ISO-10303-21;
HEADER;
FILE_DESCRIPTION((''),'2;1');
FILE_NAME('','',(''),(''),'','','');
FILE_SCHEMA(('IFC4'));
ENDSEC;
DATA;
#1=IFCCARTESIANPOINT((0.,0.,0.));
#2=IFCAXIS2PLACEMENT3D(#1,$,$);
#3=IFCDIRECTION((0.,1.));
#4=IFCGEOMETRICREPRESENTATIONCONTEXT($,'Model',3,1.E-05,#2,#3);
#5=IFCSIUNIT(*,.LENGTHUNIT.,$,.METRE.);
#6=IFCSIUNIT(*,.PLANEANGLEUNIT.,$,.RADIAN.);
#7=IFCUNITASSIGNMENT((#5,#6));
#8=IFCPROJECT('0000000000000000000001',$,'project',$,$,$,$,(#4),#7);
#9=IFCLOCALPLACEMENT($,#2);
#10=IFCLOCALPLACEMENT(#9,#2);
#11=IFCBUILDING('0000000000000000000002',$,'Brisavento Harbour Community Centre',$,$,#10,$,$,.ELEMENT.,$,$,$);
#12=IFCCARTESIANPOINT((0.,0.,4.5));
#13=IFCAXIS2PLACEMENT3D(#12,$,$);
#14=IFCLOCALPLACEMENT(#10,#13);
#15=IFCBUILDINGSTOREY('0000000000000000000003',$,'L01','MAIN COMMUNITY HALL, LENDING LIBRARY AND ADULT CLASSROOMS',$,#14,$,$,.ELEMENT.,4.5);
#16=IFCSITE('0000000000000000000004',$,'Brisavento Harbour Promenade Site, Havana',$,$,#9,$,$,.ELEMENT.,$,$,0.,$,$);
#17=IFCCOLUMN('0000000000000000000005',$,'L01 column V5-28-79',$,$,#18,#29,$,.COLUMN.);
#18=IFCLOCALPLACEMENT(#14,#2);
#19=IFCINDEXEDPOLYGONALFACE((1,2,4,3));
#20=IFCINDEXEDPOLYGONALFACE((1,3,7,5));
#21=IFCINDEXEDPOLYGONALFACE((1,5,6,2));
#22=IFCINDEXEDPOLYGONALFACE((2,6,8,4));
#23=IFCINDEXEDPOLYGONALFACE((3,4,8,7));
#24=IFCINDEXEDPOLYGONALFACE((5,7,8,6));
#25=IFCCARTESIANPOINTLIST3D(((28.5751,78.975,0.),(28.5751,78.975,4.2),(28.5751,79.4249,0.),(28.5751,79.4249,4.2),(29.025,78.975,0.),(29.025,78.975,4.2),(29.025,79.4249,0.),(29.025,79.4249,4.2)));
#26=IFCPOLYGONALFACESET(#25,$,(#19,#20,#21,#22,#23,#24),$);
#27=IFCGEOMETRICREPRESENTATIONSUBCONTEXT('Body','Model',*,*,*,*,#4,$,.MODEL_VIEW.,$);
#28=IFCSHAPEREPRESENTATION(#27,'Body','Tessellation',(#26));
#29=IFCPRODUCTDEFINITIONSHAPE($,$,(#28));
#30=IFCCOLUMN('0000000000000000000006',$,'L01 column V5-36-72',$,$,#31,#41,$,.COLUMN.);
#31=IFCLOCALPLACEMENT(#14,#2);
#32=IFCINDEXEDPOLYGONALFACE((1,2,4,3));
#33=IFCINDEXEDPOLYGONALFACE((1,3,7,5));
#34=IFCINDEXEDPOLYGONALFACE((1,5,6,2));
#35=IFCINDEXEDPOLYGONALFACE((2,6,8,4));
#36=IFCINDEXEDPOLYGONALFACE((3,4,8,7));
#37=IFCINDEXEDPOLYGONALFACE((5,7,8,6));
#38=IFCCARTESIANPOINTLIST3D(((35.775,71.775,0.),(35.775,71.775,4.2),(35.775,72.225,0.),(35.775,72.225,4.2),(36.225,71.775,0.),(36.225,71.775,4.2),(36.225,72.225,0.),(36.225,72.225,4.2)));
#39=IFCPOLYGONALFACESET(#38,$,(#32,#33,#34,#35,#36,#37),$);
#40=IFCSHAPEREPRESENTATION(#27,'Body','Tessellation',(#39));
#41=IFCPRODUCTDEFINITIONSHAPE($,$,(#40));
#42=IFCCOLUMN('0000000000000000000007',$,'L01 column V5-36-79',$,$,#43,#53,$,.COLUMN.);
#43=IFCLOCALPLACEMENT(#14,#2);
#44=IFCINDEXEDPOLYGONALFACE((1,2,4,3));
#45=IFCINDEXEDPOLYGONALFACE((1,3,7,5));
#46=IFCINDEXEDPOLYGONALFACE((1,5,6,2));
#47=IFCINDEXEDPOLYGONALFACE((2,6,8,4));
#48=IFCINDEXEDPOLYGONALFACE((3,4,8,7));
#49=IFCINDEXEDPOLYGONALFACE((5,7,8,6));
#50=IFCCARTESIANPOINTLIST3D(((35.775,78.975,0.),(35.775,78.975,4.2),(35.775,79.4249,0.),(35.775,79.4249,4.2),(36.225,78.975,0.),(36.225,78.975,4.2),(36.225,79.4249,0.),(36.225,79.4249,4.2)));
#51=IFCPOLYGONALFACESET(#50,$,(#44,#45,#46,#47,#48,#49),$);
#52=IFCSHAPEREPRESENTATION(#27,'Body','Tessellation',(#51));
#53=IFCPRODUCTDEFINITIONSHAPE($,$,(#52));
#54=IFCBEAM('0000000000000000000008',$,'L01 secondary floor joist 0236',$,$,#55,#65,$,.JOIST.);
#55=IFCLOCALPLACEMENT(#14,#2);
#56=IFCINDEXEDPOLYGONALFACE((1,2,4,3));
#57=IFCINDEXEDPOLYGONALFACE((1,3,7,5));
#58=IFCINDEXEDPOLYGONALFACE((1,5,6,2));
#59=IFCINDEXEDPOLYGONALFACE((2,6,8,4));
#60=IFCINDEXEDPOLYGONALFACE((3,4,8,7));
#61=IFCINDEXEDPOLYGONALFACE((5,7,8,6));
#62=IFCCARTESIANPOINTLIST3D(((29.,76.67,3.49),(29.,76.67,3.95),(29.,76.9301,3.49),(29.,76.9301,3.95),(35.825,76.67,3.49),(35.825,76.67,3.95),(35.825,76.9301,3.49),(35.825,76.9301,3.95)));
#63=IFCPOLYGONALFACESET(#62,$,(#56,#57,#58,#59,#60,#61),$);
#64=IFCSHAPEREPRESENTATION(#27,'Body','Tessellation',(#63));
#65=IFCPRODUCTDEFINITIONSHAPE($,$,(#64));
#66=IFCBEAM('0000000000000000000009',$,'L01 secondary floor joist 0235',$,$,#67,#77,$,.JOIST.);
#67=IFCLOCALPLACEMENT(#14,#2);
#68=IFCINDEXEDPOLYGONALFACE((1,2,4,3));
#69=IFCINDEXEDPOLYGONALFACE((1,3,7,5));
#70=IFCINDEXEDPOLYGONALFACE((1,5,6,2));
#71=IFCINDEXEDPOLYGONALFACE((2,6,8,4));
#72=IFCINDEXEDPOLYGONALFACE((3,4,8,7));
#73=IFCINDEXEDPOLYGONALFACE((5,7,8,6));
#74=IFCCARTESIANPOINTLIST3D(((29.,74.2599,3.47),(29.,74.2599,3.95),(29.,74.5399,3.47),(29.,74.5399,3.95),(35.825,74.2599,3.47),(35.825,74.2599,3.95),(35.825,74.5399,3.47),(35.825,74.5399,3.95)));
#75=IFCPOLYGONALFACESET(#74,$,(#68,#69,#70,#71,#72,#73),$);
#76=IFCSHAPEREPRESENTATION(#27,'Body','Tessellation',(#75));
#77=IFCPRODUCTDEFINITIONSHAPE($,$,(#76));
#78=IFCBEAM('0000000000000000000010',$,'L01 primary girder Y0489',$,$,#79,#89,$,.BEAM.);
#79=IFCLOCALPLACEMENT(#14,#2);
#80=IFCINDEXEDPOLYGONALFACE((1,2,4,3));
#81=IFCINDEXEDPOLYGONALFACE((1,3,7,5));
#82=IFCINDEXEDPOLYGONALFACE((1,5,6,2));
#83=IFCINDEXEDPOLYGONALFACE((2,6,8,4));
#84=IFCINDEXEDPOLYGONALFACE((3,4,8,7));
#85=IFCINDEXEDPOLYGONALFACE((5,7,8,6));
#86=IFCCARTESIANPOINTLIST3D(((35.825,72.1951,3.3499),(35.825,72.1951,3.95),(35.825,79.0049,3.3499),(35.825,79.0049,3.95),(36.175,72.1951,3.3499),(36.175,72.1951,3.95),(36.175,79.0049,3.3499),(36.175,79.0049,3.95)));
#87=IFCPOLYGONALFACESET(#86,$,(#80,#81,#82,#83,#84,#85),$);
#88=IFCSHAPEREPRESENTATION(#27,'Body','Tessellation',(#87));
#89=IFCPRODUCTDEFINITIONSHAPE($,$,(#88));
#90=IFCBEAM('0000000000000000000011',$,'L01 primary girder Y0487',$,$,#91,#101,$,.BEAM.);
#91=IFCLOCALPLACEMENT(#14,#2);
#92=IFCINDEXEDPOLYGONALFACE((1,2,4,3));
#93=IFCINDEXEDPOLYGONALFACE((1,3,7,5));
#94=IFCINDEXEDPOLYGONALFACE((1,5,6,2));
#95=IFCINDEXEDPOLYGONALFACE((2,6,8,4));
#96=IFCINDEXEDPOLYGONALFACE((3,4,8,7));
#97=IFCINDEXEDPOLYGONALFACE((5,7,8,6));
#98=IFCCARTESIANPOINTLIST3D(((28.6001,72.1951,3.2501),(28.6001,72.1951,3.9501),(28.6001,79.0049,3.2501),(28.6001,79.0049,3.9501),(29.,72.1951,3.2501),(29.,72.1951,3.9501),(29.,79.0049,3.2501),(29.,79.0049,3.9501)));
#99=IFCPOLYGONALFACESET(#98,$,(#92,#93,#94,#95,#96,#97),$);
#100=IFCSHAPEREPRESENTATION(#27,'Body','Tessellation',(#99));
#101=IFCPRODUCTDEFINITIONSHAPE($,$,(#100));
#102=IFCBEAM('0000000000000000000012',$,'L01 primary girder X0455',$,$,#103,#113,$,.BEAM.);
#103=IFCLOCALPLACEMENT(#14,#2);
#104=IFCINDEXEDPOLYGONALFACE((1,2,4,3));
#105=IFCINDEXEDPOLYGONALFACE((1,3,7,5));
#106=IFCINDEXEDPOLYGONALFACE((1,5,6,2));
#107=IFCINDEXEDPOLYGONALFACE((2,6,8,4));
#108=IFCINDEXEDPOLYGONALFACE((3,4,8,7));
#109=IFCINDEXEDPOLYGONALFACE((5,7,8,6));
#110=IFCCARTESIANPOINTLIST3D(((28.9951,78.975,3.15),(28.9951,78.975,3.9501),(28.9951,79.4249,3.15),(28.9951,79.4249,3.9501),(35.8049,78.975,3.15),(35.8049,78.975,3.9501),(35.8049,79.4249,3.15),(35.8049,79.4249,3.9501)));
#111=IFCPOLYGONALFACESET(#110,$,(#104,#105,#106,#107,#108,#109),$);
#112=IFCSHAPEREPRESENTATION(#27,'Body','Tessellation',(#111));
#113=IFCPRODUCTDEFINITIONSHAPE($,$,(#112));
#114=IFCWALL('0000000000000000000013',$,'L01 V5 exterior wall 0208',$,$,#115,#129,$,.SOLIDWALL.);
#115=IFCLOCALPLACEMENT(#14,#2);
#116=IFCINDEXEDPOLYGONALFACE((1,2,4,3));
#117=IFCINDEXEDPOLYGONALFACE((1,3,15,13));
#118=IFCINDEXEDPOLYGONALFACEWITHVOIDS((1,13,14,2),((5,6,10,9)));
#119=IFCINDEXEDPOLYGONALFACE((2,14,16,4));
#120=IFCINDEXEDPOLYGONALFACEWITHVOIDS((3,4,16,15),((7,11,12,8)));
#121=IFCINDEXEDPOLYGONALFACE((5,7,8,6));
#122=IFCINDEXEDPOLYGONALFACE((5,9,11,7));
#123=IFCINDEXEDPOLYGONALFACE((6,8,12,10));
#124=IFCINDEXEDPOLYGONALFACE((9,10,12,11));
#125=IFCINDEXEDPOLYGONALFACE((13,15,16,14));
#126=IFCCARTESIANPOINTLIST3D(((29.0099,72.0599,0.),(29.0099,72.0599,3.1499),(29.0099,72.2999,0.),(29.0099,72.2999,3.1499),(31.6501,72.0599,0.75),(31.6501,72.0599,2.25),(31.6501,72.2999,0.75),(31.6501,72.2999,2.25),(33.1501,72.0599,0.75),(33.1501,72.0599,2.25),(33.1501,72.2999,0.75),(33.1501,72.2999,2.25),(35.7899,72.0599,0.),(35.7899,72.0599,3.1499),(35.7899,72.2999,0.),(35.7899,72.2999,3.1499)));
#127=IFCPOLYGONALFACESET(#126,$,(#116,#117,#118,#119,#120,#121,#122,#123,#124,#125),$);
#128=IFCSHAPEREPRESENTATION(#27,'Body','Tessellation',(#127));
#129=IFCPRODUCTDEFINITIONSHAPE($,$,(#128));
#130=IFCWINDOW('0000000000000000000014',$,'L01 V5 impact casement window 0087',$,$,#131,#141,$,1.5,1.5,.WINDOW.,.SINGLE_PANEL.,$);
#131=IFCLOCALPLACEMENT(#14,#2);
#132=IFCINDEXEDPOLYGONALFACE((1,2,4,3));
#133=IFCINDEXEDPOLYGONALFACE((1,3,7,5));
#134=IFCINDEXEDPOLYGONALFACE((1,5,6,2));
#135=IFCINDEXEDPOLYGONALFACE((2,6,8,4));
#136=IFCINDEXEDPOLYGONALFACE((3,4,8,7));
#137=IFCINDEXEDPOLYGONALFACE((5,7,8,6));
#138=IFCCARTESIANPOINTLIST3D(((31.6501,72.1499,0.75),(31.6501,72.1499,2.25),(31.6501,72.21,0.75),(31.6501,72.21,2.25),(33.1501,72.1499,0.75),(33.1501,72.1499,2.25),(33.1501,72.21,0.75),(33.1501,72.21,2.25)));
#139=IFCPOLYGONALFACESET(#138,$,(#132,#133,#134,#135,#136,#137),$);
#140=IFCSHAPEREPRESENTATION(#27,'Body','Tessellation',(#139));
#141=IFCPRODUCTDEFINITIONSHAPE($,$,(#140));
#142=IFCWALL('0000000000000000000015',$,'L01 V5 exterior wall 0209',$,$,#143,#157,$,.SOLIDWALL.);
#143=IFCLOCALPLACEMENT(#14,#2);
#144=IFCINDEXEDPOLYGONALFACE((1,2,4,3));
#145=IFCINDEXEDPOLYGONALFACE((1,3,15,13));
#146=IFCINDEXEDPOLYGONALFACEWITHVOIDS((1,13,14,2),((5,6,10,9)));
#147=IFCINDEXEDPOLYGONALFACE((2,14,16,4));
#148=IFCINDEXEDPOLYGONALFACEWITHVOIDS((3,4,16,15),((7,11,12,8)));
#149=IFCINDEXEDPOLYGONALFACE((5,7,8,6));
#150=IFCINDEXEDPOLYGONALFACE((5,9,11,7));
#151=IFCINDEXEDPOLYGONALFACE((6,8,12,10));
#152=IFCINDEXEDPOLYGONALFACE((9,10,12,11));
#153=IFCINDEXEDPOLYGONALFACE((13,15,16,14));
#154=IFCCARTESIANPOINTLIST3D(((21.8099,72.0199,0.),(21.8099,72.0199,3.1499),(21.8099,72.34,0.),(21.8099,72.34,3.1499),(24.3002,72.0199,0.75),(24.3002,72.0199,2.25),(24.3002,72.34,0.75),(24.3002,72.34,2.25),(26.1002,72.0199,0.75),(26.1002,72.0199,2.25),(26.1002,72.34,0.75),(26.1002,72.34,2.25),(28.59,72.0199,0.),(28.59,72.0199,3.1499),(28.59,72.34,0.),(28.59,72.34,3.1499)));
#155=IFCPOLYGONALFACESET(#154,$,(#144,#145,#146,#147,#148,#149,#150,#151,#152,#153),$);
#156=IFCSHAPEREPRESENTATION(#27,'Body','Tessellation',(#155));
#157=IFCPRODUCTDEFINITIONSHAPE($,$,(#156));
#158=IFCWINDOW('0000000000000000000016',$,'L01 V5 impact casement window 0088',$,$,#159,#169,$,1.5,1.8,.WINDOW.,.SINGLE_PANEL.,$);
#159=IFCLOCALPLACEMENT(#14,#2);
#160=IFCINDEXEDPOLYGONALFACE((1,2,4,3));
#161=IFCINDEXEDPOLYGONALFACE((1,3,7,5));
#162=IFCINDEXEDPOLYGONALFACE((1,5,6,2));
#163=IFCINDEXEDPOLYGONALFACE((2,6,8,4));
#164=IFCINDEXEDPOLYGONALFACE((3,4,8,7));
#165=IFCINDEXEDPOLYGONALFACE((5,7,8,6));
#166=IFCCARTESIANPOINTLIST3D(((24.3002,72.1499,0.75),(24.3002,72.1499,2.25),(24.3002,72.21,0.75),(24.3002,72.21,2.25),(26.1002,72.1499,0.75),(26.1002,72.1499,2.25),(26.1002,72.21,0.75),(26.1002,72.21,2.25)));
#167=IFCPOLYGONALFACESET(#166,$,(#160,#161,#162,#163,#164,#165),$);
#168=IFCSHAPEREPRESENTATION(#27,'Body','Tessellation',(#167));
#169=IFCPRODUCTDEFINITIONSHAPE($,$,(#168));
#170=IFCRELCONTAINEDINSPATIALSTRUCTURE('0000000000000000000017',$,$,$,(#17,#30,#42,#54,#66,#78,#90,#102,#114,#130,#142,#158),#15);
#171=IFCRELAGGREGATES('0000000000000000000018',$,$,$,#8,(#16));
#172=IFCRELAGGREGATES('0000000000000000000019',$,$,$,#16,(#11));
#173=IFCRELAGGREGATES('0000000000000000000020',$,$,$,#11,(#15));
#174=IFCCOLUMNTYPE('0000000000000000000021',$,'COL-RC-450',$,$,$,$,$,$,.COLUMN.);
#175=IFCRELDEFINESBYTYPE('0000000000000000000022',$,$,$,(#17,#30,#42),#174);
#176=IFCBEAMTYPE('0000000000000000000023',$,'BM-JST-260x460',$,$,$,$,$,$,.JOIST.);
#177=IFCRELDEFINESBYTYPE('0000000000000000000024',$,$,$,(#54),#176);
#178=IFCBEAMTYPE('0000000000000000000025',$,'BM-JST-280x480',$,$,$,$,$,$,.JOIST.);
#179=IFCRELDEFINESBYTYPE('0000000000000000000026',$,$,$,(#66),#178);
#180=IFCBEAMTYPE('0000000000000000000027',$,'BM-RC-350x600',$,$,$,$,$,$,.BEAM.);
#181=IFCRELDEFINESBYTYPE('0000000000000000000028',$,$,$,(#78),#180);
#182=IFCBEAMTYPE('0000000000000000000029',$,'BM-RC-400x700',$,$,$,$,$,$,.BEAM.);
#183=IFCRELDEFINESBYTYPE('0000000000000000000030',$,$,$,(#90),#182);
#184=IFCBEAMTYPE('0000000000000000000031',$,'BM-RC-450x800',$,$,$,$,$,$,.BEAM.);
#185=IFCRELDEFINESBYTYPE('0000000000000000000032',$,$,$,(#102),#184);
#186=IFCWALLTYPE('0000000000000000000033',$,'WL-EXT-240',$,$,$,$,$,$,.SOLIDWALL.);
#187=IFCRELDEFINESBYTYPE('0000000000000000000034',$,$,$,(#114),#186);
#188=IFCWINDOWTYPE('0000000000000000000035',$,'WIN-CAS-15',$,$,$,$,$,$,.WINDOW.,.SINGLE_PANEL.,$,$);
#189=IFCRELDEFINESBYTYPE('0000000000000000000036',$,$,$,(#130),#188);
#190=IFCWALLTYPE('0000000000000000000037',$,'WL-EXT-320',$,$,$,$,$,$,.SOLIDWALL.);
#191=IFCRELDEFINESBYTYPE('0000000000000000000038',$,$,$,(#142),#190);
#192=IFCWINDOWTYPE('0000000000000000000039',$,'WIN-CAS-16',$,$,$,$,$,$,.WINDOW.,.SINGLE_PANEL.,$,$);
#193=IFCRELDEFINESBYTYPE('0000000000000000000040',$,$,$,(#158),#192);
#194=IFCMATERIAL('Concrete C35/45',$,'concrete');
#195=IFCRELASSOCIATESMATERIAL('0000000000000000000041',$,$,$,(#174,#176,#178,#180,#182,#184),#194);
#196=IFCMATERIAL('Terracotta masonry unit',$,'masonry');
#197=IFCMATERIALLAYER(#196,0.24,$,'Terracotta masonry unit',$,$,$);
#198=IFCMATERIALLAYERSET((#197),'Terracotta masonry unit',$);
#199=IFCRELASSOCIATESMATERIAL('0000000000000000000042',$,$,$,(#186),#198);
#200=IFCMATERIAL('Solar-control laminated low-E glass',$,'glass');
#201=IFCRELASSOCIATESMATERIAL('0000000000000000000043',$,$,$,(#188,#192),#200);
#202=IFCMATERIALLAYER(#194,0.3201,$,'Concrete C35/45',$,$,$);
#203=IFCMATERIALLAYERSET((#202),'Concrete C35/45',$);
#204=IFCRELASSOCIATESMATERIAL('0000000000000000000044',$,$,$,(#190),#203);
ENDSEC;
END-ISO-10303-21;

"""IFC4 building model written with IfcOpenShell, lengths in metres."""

from ifc_helpers import new_model, si_unit, direction, frame, frame_2d, origin, origin_2d, place, context, subcontext, project, spatial, rectangle, extrude, material, layer, layer_set, material_profile, profile_set, type_object, element, fill, save


model = new_model("IFC4")

# Units and contexts
model_context = context("Model", 3, precision=1e-05, world=origin(), true_north=direction((0.0, 1.0)))
body_context = subcontext(model_context, "Body", "Model", "MODEL_VIEW")
ifc_project = project(units=[si_unit("LENGTHUNIT", "METRE"), si_unit("PLANEANGLEUNIT", "RADIAN")], contexts=[model_context])

# Site, building, storey
site_placement = place(None, origin())
site = spatial("IfcSite", under=ifc_project, at=site_placement, Name="Brisavento Harbour Promenade Site, Havana", CompositionType="ELEMENT", RefElevation=0.0)
building_placement = place(site_placement, origin())
building = spatial("IfcBuilding", under=site, at=building_placement, Name="Brisavento Harbour Community Centre", CompositionType="ELEMENT")
storey_placement = place(building_placement, frame((0.0, 0.0, 4.5)))
storey = spatial("IfcBuildingStorey", under=building, at=storey_placement, Name="L01", Description="MAIN COMMUNITY HALL, LENDING LIBRARY AND ADULT CLASSROOMS", CompositionType="ELEMENT", Elevation=4.5)

# Columns
ifc_material_1 = material(Name="Concrete C35/45", Category="concrete")
ifc_material_profile_1 = material_profile(ifc_material_1, rectangle(XDim=0.45, YDim=0.45, at=origin_2d()), Name="Concrete C35/45")
ifc_profile_set_1 = profile_set([ifc_material_profile_1], Name="Concrete C35/45")
column_type = type_object("IfcColumnType", Name="COL-RC-450", PredefinedType="COLUMN", material=ifc_profile_set_1)
for number, where, z_axis, x_axis, name in (
    (1, (28.8, 79.2, 0.0), (0.0, 0.0, 1.0), (1.0, 0.0, 0.0), "L01 column V5-28-79"),
    (2, (36.0, 72.0, 0.0), (0.0, 0.0, 1.0), (1.0, 0.0, 0.0), "L01 column V5-36-72"),
    (3, (36.0, 79.2, 0.0), (0.0, 0.0, 1.0), (1.0, 0.0, 0.0), "L01 column V5-36-79"),
):
    element("IfcColumn", number, at=place(storey_placement, frame(where, z_axis=z_axis, x_axis=x_axis)), inside=storey, type_object=column_type, Name=name, PredefinedType="COLUMN", context=body_context, shape_type="SweptSolid", body=[
        extrude(rectangle(XDim=0.45, YDim=0.45, at=origin_2d()), origin(), (0.0, 0.0, 1.0), 4.2),
    ])

# Beams
ifc_material_profile_2 = material_profile(ifc_material_1, rectangle(XDim=0.26, YDim=0.46, at=origin_2d()), Name="Concrete C35/45")
ifc_profile_set_2 = profile_set([ifc_material_profile_2], Name="Concrete C35/45")
beam_type_1 = type_object("IfcBeamType", Name="BM-JST-260x460", PredefinedType="JOIST", material=ifc_profile_set_2)
beam_1_placement = place(storey_placement, frame((29.0, 76.8, 3.72), z_axis=(1.0, 0.0, 0.0), x_axis=(0.0, 1.0, 0.0)))
element("IfcBeam", 4, at=beam_1_placement, inside=storey, type_object=beam_type_1, Name="L01 secondary floor joist 0236", PredefinedType="JOIST", context=body_context, shape_type="SweptSolid", body=[
    extrude(rectangle(XDim=0.26, YDim=0.46, at=origin_2d()), origin(), (0.0, 0.0, 1.0), 6.825),
])
ifc_material_profile_3 = material_profile(ifc_material_1, rectangle(XDim=0.28, YDim=0.48, at=origin_2d()), Name="Concrete C35/45")
ifc_profile_set_3 = profile_set([ifc_material_profile_3], Name="Concrete C35/45")
beam_type_2 = type_object("IfcBeamType", Name="BM-JST-280x480", PredefinedType="JOIST", material=ifc_profile_set_3)
beam_2_placement = place(storey_placement, frame((29.0, 74.3999, 3.71), z_axis=(1.0, 0.0, 0.0), x_axis=(0.0, 1.0, 0.0)))
element("IfcBeam", 5, at=beam_2_placement, inside=storey, type_object=beam_type_2, Name="L01 secondary floor joist 0235", PredefinedType="JOIST", context=body_context, shape_type="SweptSolid", body=[
    extrude(rectangle(XDim=0.28, YDim=0.48, at=origin_2d()), origin(), (0.0, 0.0, 1.0), 6.825),
])
ifc_material_profile_4 = material_profile(ifc_material_1, rectangle(XDim=0.3501, YDim=0.6001, at=origin_2d()), Name="Concrete C35/45")
ifc_profile_set_4 = profile_set([ifc_material_profile_4], Name="Concrete C35/45")
beam_type_3 = type_object("IfcBeamType", Name="BM-RC-350x600", PredefinedType="BEAM", material=ifc_profile_set_4)
beam_3_placement = place(storey_placement, frame((36.0, 72.1951, 3.6499), z_axis=(0.0, 1.0, 0.0), x_axis=(-1.0, 0.0, 0.0)))
element("IfcBeam", 6, at=beam_3_placement, inside=storey, type_object=beam_type_3, Name="L01 primary girder Y0489", PredefinedType="BEAM", context=body_context, shape_type="SweptSolid", body=[
    extrude(rectangle(XDim=0.3501, YDim=0.6001, at=origin_2d()), origin(), (0.0, 0.0, 1.0), 6.8098),
])
ifc_material_profile_5 = material_profile(ifc_material_1, rectangle(XDim=0.3999, YDim=0.7, at=origin_2d()), Name="Concrete C35/45")
ifc_profile_set_5 = profile_set([ifc_material_profile_5], Name="Concrete C35/45")
beam_type_4 = type_object("IfcBeamType", Name="BM-RC-400x700", PredefinedType="BEAM", material=ifc_profile_set_5)
beam_4_placement = place(storey_placement, frame((28.8, 72.1951, 3.6001), z_axis=(0.0, 1.0, 0.0), x_axis=(-1.0, 0.0, 0.0)))
element("IfcBeam", 7, at=beam_4_placement, inside=storey, type_object=beam_type_4, Name="L01 primary girder Y0487", PredefinedType="BEAM", context=body_context, shape_type="SweptSolid", body=[
    extrude(rectangle(XDim=0.3999, YDim=0.7, at=origin_2d()), origin(), (0.0, 0.0, 1.0), 6.8098),
])
ifc_material_profile_6 = material_profile(ifc_material_1, rectangle(XDim=0.45, YDim=0.8, at=origin_2d()), Name="Concrete C35/45")
ifc_profile_set_6 = profile_set([ifc_material_profile_6], Name="Concrete C35/45")
beam_type_5 = type_object("IfcBeamType", Name="BM-RC-450x800", PredefinedType="BEAM", material=ifc_profile_set_6)
beam_5_placement = place(storey_placement, frame((28.9951, 79.2, 3.55), z_axis=(1.0, 0.0, 0.0), x_axis=(0.0, 1.0, 0.0)))
element("IfcBeam", 8, at=beam_5_placement, inside=storey, type_object=beam_type_5, Name="L01 primary girder X0455", PredefinedType="BEAM", context=body_context, shape_type="SweptSolid", body=[
    extrude(rectangle(XDim=0.45, YDim=0.8, at=origin_2d()), origin(), (0.0, 0.0, 1.0), 6.8098),
])

# Walls, openings, windows
ifc_material_2 = material(Name="Terracotta masonry unit", Category="masonry")
ifc_layer_1 = layer(ifc_material_2, 0.24, Name="Terracotta masonry unit")
ifc_layer_set_1 = layer_set([ifc_layer_1], Name="Terracotta masonry unit")
wall_type_1 = type_object("IfcWallType", Name="WL-EXT-240", PredefinedType="SOLIDWALL", material=ifc_layer_set_1)
wall_1_placement = place(storey_placement, frame((35.79, 72.1799, 0.0), z_axis=(0.0, 0.0, 1.0), x_axis=(-1.0, 0.0, 0.0)))
wall_1 = element("IfcWall", 9, at=wall_1_placement, inside=storey, type_object=wall_type_1, Name="L01 V5 exterior wall 0208", PredefinedType="SOLIDWALL", context=body_context, shape_type="SweptSolid", body=[
    extrude(rectangle(XDim=6.78, YDim=0.24, at=frame_2d((3.3901, 0.0))), origin(), (0.0, 0.0, 1.0), 3.1499),
])
opening_1_placement = place(wall_1_placement, frame((2.6399, 0.0, 0.75)))
opening_1 = element("IfcOpeningElement", 10, at=opening_1_placement, cuts=wall_1, PredefinedType="OPENING", context=body_context, shape_type="SweptSolid", body=[
    extrude(rectangle(XDim=1.5, YDim=1.5, at=frame_2d((0.75, 0.75))), frame((0.0, 0.1299, 0.0), z_axis=(0.0, -1.0, 0.0), x_axis=(1.0, 0.0, 0.0)), (0.0, 0.0, 1.0), 0.26),
])
ifc_material_3 = material(Name="Solar-control laminated low-E glass", Category="glass")
window_type_1 = type_object("IfcWindowType", Name="WIN-CAS-15", PartitioningType="SINGLE_PANEL", PredefinedType="WINDOW", material=ifc_material_3)
window_1_placement = place(opening_1_placement, origin())
window_1 = element("IfcWindow", 11, at=window_1_placement, inside=storey, type_object=window_type_1, Name="L01 V5 impact casement window 0087", OverallHeight=1.5, OverallWidth=1.5, PartitioningType="SINGLE_PANEL", PredefinedType="WINDOW", context=body_context, shape_type="SweptSolid", body=[
    extrude(rectangle(XDim=1.5, YDim=1.5, at=frame_2d((0.75, 0.75))), frame((0.0, 0.03, 0.0), z_axis=(0.0, -1.0, 0.0), x_axis=(1.0, 0.0, 0.0)), (0.0, 0.0, 1.0), 0.0601),
])
fill(opening_1, window_1)
ifc_layer_2 = layer(ifc_material_1, 0.3201, Name="Concrete C35/45")
ifc_layer_set_2 = layer_set([ifc_layer_2], Name="Concrete C35/45")
wall_type_2 = type_object("IfcWallType", Name="WL-EXT-320", PredefinedType="SOLIDWALL", material=ifc_layer_set_2)
wall_2_placement = place(storey_placement, frame((28.5901, 72.1799, 0.0), z_axis=(0.0, 0.0, 1.0), x_axis=(-1.0, 0.0, 0.0)))
wall_2 = element("IfcWall", 12, at=wall_2_placement, inside=storey, type_object=wall_type_2, Name="L01 V5 exterior wall 0209", PredefinedType="SOLIDWALL", context=body_context, shape_type="SweptSolid", body=[
    extrude(rectangle(XDim=6.78, YDim=0.3201, at=frame_2d((3.3901, 0.0))), origin(), (0.0, 0.0, 1.0), 3.1499),
])
opening_2_placement = place(wall_2_placement, frame((2.49, 0.0, 0.75)))
opening_2 = element("IfcOpeningElement", 13, at=opening_2_placement, cuts=wall_2, PredefinedType="OPENING", context=body_context, shape_type="SweptSolid", body=[
    extrude(rectangle(XDim=1.8, YDim=1.5, at=frame_2d((0.8999, 0.75))), frame((0.0, 0.1699, 0.0), z_axis=(0.0, -1.0, 0.0), x_axis=(1.0, 0.0, 0.0)), (0.0, 0.0, 1.0), 0.3401),
])
window_type_2 = type_object("IfcWindowType", Name="WIN-CAS-16", PartitioningType="SINGLE_PANEL", PredefinedType="WINDOW", material=ifc_material_3)
window_2_placement = place(opening_2_placement, origin())
window_2 = element("IfcWindow", 14, at=window_2_placement, inside=storey, type_object=window_type_2, Name="L01 V5 impact casement window 0088", OverallHeight=1.5, OverallWidth=1.8, PartitioningType="SINGLE_PANEL", PredefinedType="WINDOW", context=body_context, shape_type="SweptSolid", body=[
    extrude(rectangle(XDim=1.8, YDim=1.5, at=frame_2d((0.8999, 0.75))), frame((0.0, 0.03, 0.0), z_axis=(0.0, -1.0, 0.0), x_axis=(1.0, 0.0, 0.0)), (0.0, 0.0, 1.0), 0.0601),
])
fill(opening_2, window_2)

save(model, "model.ifc")
